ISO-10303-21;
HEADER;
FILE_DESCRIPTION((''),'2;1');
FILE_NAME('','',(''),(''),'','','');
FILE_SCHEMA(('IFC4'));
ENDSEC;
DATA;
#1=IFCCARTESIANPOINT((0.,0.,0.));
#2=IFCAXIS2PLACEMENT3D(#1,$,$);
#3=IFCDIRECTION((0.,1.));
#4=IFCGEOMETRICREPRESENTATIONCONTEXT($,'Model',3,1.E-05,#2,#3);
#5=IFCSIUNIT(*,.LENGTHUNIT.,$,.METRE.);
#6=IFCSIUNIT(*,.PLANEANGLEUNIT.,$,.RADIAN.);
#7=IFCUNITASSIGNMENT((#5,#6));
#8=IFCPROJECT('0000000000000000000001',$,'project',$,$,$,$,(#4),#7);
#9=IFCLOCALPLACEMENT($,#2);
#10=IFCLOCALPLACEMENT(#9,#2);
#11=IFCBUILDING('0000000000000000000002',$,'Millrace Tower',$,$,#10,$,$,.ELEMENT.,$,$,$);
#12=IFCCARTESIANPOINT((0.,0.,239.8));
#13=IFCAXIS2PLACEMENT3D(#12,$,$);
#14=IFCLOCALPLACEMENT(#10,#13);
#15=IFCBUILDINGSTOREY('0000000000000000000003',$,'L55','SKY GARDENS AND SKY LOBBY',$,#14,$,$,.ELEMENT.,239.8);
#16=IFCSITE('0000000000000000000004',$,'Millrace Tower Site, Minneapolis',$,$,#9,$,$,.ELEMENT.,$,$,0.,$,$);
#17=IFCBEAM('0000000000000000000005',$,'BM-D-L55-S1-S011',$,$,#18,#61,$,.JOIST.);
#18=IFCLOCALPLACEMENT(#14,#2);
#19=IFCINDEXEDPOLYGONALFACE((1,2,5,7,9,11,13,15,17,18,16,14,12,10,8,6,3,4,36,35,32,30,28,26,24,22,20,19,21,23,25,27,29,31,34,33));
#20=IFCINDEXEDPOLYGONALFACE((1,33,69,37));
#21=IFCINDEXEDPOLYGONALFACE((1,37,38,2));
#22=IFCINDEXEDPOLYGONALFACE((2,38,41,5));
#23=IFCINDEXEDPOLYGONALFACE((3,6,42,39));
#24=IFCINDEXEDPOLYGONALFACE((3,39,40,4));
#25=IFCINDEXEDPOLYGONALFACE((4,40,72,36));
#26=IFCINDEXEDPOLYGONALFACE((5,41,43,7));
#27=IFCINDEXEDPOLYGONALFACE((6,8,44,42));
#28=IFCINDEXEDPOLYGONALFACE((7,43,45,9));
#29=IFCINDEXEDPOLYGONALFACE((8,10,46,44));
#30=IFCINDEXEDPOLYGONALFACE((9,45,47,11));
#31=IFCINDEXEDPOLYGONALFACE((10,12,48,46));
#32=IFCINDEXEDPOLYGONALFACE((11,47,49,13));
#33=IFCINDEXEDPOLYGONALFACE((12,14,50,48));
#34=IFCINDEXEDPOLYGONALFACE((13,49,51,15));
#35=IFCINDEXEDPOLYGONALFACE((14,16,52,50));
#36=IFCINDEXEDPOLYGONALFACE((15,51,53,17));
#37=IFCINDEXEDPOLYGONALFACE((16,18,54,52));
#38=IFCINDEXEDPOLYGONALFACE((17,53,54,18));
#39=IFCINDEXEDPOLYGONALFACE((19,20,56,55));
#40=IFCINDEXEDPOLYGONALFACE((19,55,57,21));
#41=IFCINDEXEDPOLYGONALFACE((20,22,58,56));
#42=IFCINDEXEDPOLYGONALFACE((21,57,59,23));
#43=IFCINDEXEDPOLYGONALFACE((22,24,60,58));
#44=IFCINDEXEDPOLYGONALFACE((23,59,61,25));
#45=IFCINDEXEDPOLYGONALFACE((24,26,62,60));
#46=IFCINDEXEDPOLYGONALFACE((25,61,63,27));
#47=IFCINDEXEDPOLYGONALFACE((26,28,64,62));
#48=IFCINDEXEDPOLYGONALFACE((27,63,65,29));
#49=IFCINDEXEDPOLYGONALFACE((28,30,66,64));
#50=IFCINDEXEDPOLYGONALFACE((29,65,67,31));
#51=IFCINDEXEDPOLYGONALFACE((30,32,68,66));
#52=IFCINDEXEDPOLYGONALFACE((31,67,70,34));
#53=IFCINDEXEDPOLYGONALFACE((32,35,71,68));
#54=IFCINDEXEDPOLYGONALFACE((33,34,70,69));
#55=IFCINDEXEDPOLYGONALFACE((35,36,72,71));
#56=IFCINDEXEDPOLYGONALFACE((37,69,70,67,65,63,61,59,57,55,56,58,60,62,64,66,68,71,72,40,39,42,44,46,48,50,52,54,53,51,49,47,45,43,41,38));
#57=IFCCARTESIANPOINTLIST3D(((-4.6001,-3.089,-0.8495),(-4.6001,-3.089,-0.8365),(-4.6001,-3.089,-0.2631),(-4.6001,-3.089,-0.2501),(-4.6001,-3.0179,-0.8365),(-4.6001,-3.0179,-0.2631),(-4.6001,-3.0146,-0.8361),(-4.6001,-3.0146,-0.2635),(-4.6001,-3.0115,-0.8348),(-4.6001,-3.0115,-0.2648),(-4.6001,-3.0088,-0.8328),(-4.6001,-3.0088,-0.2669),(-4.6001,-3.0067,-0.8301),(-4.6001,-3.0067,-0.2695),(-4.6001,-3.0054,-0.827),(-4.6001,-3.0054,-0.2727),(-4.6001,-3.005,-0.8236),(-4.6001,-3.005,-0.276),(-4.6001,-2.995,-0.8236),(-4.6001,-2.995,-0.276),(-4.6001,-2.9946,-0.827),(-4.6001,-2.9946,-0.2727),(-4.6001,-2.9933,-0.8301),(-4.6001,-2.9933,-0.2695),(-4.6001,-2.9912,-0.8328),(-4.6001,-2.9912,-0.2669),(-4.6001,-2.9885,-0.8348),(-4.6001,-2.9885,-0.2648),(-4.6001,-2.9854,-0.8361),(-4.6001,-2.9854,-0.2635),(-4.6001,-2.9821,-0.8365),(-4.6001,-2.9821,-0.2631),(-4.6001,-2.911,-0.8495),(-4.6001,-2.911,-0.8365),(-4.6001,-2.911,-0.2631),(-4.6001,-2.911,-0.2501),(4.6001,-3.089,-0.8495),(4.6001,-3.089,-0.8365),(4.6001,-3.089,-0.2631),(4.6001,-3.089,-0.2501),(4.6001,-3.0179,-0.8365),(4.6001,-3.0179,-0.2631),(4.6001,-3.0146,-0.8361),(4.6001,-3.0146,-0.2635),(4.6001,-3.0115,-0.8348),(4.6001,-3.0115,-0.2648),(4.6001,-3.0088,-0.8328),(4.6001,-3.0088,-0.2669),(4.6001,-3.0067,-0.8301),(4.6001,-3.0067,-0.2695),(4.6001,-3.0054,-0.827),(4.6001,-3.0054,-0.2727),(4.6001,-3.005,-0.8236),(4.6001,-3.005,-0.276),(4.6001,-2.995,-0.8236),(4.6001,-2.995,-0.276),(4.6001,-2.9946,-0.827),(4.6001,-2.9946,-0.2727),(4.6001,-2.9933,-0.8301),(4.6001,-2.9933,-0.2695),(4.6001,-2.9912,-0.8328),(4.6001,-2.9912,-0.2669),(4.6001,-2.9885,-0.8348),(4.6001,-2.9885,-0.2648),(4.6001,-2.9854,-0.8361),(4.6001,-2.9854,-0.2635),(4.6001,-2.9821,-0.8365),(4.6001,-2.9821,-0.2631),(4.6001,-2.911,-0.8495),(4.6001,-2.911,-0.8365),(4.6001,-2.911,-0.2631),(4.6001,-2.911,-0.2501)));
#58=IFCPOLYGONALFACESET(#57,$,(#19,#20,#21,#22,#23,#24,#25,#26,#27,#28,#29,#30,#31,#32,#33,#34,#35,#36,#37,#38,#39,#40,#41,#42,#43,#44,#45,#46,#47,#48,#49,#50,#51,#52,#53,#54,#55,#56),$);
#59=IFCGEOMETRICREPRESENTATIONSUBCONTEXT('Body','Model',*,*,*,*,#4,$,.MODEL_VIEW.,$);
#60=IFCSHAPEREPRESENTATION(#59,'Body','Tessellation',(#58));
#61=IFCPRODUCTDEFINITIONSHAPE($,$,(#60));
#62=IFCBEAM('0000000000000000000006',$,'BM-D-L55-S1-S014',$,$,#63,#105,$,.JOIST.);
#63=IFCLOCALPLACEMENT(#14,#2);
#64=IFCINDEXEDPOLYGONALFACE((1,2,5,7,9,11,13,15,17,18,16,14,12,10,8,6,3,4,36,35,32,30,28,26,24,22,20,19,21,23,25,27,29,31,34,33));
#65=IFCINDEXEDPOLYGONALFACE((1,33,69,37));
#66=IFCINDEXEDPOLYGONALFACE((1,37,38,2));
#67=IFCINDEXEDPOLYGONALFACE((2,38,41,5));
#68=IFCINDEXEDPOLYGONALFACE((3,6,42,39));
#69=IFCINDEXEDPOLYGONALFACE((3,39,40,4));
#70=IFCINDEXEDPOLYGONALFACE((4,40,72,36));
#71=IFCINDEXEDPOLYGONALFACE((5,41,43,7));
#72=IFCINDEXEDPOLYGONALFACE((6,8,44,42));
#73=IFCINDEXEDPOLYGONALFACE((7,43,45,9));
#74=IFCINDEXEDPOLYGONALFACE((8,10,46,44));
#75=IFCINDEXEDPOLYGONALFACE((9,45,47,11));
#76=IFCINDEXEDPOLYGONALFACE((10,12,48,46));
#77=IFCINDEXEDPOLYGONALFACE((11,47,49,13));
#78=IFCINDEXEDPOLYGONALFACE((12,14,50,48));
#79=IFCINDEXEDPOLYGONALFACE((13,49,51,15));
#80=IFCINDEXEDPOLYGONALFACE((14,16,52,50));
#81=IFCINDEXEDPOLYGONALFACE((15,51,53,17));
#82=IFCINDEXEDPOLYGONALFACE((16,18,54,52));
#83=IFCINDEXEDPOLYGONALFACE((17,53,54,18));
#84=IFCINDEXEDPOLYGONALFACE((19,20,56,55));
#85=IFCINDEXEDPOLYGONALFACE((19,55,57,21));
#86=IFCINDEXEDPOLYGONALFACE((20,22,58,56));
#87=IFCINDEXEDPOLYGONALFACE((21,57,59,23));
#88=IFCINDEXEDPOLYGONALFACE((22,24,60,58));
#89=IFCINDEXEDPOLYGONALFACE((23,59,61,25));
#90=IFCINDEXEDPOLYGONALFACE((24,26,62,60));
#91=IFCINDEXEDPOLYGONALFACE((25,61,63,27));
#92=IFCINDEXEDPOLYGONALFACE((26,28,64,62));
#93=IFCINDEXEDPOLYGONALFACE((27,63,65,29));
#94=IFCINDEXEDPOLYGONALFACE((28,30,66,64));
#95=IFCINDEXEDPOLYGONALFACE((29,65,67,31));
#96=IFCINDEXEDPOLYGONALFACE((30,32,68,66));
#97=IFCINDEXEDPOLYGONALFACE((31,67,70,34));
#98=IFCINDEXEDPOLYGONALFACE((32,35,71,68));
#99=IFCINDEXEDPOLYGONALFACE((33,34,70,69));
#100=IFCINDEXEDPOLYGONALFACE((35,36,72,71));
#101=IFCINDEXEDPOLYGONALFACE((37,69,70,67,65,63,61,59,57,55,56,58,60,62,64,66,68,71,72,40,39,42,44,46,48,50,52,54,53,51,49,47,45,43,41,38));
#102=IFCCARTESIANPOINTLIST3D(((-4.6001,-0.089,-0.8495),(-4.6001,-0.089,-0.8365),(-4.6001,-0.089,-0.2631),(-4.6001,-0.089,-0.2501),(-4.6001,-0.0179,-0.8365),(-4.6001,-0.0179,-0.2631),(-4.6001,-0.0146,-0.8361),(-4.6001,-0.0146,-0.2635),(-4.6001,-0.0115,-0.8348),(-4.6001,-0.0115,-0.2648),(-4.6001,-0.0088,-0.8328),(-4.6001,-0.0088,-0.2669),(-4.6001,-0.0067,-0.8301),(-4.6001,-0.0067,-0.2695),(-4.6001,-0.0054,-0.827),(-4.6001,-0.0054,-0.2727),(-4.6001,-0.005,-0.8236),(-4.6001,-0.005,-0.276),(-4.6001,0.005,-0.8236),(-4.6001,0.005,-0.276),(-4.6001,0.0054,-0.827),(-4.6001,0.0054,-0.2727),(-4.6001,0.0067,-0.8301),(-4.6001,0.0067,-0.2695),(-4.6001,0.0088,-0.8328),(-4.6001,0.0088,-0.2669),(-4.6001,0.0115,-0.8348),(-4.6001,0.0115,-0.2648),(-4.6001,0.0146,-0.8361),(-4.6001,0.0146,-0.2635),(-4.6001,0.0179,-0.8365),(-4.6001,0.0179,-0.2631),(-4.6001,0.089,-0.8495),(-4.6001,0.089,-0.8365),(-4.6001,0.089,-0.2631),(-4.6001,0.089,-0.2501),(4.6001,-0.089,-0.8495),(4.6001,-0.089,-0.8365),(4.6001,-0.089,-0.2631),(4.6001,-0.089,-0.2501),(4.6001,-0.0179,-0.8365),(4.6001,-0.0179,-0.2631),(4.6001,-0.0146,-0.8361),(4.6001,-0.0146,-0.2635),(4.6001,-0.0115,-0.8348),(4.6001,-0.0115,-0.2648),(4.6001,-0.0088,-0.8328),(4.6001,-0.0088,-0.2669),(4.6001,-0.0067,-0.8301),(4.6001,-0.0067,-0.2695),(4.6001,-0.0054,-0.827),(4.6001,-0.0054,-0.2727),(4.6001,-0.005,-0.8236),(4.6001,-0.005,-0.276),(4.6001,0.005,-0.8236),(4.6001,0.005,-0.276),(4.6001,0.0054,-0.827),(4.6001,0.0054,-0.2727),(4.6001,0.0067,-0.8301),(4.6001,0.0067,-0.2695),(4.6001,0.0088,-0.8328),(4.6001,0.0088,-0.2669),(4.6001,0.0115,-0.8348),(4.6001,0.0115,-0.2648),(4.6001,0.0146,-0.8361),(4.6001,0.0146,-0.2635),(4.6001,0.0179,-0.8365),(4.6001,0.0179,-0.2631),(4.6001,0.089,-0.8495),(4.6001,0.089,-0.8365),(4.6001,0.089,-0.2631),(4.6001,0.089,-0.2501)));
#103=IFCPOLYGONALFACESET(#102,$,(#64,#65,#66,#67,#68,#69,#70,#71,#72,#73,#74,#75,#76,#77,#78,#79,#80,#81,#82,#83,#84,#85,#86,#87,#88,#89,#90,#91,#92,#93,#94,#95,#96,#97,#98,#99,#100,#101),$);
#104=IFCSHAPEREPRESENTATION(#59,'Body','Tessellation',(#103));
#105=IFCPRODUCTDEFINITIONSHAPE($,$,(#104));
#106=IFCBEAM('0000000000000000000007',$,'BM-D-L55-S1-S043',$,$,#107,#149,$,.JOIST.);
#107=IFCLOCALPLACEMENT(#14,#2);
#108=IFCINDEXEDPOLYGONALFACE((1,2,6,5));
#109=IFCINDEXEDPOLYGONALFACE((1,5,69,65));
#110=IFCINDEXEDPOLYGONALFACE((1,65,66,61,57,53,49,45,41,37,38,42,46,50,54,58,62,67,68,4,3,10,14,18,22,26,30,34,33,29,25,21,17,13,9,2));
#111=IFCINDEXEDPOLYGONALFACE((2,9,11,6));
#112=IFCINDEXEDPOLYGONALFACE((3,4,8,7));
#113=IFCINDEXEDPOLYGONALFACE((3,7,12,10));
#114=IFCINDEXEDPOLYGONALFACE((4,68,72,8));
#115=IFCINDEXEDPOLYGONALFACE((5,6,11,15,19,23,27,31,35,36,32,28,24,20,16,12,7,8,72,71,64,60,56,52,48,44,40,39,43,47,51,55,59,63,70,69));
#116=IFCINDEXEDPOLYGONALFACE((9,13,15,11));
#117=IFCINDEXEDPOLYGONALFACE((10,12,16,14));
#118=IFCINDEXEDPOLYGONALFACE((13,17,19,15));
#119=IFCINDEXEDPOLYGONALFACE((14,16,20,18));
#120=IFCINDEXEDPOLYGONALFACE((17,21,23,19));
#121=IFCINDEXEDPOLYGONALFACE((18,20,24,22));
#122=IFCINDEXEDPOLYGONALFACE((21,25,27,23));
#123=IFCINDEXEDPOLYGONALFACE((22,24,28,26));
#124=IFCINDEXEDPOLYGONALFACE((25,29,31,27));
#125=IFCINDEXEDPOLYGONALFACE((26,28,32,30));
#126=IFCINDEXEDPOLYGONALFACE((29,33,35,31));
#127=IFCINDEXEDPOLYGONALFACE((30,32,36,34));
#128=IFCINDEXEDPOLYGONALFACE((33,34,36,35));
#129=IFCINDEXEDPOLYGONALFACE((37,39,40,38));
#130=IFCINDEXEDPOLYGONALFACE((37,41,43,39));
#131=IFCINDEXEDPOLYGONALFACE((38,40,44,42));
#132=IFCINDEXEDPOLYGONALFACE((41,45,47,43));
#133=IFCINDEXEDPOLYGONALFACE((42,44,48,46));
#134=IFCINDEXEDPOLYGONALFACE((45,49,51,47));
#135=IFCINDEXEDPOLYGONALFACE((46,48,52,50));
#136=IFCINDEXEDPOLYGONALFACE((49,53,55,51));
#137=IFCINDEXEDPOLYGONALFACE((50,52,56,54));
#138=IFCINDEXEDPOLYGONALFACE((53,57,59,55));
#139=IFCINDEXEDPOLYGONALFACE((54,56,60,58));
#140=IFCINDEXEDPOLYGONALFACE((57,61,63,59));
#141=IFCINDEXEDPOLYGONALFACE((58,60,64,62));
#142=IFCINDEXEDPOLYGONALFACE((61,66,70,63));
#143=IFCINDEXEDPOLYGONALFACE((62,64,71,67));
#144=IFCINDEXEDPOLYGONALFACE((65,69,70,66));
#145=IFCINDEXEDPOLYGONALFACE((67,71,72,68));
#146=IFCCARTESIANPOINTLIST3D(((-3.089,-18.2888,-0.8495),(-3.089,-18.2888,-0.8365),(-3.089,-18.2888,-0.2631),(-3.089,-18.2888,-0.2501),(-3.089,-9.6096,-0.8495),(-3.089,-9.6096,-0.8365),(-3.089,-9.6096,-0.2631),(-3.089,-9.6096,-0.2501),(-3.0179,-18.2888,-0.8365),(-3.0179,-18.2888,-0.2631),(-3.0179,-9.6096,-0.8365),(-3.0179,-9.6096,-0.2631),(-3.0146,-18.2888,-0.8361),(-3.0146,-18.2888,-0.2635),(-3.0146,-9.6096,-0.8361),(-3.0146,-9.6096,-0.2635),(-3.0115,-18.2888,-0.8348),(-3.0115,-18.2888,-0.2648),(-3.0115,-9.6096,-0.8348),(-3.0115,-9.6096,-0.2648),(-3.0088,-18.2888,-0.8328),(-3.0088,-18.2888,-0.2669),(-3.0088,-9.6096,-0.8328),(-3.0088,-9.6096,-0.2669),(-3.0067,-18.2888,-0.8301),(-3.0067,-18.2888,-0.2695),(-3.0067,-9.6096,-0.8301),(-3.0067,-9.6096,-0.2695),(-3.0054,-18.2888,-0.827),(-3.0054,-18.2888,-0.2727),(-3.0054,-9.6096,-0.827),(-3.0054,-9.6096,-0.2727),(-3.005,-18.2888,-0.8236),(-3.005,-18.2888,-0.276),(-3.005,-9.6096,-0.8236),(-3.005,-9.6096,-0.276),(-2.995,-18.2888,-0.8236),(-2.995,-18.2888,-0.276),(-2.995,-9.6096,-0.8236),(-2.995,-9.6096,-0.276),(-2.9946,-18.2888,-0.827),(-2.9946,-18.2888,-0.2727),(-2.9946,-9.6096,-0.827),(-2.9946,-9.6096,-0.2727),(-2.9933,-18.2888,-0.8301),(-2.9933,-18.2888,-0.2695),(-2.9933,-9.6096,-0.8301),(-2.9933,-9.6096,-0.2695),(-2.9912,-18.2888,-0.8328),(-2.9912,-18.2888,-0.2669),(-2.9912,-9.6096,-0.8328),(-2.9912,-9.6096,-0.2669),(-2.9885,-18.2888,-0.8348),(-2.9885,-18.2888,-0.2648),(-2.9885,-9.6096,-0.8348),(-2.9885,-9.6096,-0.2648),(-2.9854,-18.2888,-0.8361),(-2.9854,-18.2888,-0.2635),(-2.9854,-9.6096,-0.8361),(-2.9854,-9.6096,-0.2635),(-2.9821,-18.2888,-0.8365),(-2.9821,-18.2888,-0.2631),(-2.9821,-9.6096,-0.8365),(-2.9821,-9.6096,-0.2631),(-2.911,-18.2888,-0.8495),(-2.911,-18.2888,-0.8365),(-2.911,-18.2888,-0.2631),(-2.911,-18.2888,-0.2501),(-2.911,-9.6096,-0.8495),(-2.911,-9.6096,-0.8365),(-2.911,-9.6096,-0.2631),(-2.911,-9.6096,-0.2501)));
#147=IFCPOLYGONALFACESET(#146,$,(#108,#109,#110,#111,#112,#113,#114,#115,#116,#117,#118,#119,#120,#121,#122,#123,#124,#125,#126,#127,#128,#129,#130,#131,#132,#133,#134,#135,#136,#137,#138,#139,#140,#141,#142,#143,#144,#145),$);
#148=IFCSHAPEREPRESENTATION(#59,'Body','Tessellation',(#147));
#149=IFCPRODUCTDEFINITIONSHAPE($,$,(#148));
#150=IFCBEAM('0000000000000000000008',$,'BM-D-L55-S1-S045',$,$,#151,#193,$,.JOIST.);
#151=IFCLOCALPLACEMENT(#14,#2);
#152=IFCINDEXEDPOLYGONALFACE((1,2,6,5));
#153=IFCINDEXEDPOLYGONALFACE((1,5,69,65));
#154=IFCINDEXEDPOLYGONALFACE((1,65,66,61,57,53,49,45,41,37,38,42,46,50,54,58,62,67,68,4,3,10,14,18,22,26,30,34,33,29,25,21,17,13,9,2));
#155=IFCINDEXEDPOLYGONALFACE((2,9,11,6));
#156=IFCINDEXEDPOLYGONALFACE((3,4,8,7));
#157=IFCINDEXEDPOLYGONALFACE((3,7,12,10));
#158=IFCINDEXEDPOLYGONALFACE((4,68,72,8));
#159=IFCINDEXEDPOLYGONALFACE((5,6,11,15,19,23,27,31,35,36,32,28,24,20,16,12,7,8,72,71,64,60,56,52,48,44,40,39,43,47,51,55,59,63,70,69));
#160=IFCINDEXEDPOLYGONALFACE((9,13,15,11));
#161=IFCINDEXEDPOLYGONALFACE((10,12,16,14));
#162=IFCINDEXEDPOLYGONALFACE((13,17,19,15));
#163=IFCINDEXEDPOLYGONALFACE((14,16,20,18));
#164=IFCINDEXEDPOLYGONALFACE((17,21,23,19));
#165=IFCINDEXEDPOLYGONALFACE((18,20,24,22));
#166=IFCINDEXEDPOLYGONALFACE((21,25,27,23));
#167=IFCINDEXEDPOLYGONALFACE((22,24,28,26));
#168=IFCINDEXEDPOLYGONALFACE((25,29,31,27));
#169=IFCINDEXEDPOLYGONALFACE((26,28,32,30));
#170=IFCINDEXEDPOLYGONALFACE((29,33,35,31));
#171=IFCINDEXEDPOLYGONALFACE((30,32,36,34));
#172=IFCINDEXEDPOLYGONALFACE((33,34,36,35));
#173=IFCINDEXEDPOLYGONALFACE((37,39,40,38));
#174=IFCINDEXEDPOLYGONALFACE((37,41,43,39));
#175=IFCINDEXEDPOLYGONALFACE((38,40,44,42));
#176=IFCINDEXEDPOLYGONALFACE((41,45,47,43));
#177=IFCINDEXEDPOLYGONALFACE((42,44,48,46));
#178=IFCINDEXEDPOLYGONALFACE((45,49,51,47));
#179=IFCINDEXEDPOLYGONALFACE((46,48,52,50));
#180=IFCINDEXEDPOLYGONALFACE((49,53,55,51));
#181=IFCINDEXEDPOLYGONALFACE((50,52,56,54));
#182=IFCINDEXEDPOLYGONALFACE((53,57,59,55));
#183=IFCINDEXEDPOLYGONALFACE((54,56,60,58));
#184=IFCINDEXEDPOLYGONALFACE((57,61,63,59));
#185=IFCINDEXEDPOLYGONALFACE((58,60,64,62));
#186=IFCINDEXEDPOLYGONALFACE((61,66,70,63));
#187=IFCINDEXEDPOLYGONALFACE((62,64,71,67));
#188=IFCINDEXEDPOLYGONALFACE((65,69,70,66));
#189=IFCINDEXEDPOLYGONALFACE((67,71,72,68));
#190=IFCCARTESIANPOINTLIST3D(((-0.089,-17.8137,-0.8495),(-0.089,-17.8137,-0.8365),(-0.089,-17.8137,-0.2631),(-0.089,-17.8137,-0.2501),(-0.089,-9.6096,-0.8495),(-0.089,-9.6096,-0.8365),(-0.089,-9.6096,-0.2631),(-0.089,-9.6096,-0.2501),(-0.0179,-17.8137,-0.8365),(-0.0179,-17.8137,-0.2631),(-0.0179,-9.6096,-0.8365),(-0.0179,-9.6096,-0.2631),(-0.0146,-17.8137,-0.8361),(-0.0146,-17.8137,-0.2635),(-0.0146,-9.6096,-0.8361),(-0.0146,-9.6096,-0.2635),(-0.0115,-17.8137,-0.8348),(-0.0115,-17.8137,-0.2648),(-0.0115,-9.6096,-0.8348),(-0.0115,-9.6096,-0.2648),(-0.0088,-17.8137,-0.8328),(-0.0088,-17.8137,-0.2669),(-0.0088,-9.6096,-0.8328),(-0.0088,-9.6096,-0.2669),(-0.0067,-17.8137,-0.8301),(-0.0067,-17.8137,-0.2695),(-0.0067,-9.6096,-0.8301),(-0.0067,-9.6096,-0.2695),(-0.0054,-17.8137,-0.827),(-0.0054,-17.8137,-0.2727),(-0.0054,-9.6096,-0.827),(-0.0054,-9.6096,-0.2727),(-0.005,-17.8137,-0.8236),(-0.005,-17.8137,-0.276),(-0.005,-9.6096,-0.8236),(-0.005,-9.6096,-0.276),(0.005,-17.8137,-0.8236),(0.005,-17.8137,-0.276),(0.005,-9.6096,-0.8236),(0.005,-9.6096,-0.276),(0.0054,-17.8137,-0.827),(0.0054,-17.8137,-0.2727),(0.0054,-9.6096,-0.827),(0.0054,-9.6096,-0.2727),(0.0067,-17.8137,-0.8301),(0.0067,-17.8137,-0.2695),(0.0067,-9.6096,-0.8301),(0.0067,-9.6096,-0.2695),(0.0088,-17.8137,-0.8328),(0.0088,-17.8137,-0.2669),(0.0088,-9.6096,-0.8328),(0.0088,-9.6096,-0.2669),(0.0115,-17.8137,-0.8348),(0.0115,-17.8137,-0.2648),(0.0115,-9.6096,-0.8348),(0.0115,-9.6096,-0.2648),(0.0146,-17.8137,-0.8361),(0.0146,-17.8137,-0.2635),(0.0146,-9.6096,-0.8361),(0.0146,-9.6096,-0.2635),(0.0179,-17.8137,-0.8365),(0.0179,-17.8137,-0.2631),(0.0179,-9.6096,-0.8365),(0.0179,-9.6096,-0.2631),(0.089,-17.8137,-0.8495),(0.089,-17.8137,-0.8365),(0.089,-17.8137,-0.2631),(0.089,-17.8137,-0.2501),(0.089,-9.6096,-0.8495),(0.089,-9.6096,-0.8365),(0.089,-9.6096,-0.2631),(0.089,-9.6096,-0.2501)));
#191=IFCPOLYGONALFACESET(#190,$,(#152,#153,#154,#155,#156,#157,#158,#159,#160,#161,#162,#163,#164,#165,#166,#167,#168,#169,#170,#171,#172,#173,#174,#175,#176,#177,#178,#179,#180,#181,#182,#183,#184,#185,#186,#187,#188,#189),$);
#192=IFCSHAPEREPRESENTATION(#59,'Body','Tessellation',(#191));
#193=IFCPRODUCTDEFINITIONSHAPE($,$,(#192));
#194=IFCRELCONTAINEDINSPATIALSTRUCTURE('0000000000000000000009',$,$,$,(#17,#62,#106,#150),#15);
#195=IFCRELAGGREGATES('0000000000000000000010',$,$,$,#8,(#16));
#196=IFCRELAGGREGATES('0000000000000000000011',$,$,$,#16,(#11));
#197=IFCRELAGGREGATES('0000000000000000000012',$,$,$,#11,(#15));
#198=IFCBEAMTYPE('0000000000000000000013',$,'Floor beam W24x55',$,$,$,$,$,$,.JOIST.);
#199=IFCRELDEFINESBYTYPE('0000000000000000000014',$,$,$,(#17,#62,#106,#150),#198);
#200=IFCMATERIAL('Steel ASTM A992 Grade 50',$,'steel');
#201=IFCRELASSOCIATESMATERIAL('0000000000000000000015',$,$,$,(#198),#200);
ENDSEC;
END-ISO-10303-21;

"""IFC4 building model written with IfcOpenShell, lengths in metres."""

from ifc_helpers import new_model, si_unit, direction, frame, origin, origin_2d, place, context, subcontext, project, spatial, i_section, extrude, material, material_profile, profile_set, type_object, element, save


model = new_model("IFC4")

# Units and contexts
model_context = context("Model", 3, precision=1e-05, world=origin(), true_north=direction((0.0, 1.0)))
body_context = subcontext(model_context, "Body", "Model", "MODEL_VIEW")
ifc_project = project(units=[si_unit("LENGTHUNIT", "METRE"), si_unit("PLANEANGLEUNIT", "RADIAN")], contexts=[model_context])

# Site, building, storey
site_placement = place(None, origin())
site = spatial("IfcSite", under=ifc_project, at=site_placement, Name="Millrace Tower Site, Minneapolis", CompositionType="ELEMENT", RefElevation=0.0)
building_placement = place(site_placement, origin())
building = spatial("IfcBuilding", under=site, at=building_placement, Name="Millrace Tower", CompositionType="ELEMENT")
storey_placement = place(building_placement, frame((0.0, 0.0, 239.8)))
storey = spatial("IfcBuildingStorey", under=building, at=storey_placement, Name="L55", Description="SKY GARDENS AND SKY LOBBY", CompositionType="ELEMENT", Elevation=239.8)

# Beams
ifc_material_1 = material(Name="Steel ASTM A992 Grade 50", Category="steel")
ifc_material_profile_1 = material_profile(ifc_material_1, i_section(OverallWidth=0.178, OverallDepth=0.5994, WebThickness=0.01, FlangeThickness=0.0129, FilletRadius=0.0129, at=origin_2d()))
ifc_profile_set_1 = profile_set([ifc_material_profile_1], Name="Steel ASTM A992 Grade 50")
beam_type_1 = type_object("IfcBeamType", Name="Floor beam W24x55", PredefinedType="JOIST", material=ifc_profile_set_1)
for number, where, z_axis, x_axis, name in (
    (1, (-4.6001, -3.0, -0.5498), (1.0, 0.0, 0.0), (0.0, 1.0, 0.0), "BM-D-L55-S1-S011"),
    (2, (-4.6001, 0.0, -0.5498), (1.0, 0.0, 0.0), (0.0, 1.0, 0.0), "BM-D-L55-S1-S014"),
):
    element("IfcBeam", number, at=place(storey_placement, frame(where, z_axis=z_axis, x_axis=x_axis)), inside=storey, type_object=beam_type_1, Name=name, PredefinedType="JOIST", context=body_context, shape_type="SweptSolid", body=[
        extrude(i_section(OverallWidth=0.178, OverallDepth=0.5994, WebThickness=0.01, FlangeThickness=0.0129, FilletRadius=0.0129, at=origin_2d()), origin(), (0.0, 0.0, 1.0), 9.2002),
    ])
beam_1_placement = place(storey_placement, frame((-3.0, -18.2888, -0.5498), z_axis=(0.0, 1.0, 0.0), x_axis=(-1.0, 0.0, 0.0)))
element("IfcBeam", 3, at=beam_1_placement, inside=storey, type_object=beam_type_1, Name="BM-D-L55-S1-S043", PredefinedType="JOIST", context=body_context, shape_type="SweptSolid", body=[
    extrude(i_section(OverallWidth=0.178, OverallDepth=0.5994, WebThickness=0.01, FlangeThickness=0.0129, FilletRadius=0.0129, at=origin_2d()), origin(), (0.0, 0.0, 1.0), 8.6792),
])
beam_2_placement = place(storey_placement, frame((0.0, -17.8137, -0.5498), z_axis=(0.0, 1.0, 0.0), x_axis=(-1.0, 0.0, 0.0)))
element("IfcBeam", 4, at=beam_2_placement, inside=storey, type_object=beam_type_1, Name="BM-D-L55-S1-S045", PredefinedType="JOIST", context=body_context, shape_type="SweptSolid", body=[
    extrude(i_section(OverallWidth=0.178, OverallDepth=0.5994, WebThickness=0.01, FlangeThickness=0.0129, FilletRadius=0.0129, at=origin_2d()), origin(), (0.0, 0.0, 1.0), 8.2041),
])

save(model, "model.ifc")
